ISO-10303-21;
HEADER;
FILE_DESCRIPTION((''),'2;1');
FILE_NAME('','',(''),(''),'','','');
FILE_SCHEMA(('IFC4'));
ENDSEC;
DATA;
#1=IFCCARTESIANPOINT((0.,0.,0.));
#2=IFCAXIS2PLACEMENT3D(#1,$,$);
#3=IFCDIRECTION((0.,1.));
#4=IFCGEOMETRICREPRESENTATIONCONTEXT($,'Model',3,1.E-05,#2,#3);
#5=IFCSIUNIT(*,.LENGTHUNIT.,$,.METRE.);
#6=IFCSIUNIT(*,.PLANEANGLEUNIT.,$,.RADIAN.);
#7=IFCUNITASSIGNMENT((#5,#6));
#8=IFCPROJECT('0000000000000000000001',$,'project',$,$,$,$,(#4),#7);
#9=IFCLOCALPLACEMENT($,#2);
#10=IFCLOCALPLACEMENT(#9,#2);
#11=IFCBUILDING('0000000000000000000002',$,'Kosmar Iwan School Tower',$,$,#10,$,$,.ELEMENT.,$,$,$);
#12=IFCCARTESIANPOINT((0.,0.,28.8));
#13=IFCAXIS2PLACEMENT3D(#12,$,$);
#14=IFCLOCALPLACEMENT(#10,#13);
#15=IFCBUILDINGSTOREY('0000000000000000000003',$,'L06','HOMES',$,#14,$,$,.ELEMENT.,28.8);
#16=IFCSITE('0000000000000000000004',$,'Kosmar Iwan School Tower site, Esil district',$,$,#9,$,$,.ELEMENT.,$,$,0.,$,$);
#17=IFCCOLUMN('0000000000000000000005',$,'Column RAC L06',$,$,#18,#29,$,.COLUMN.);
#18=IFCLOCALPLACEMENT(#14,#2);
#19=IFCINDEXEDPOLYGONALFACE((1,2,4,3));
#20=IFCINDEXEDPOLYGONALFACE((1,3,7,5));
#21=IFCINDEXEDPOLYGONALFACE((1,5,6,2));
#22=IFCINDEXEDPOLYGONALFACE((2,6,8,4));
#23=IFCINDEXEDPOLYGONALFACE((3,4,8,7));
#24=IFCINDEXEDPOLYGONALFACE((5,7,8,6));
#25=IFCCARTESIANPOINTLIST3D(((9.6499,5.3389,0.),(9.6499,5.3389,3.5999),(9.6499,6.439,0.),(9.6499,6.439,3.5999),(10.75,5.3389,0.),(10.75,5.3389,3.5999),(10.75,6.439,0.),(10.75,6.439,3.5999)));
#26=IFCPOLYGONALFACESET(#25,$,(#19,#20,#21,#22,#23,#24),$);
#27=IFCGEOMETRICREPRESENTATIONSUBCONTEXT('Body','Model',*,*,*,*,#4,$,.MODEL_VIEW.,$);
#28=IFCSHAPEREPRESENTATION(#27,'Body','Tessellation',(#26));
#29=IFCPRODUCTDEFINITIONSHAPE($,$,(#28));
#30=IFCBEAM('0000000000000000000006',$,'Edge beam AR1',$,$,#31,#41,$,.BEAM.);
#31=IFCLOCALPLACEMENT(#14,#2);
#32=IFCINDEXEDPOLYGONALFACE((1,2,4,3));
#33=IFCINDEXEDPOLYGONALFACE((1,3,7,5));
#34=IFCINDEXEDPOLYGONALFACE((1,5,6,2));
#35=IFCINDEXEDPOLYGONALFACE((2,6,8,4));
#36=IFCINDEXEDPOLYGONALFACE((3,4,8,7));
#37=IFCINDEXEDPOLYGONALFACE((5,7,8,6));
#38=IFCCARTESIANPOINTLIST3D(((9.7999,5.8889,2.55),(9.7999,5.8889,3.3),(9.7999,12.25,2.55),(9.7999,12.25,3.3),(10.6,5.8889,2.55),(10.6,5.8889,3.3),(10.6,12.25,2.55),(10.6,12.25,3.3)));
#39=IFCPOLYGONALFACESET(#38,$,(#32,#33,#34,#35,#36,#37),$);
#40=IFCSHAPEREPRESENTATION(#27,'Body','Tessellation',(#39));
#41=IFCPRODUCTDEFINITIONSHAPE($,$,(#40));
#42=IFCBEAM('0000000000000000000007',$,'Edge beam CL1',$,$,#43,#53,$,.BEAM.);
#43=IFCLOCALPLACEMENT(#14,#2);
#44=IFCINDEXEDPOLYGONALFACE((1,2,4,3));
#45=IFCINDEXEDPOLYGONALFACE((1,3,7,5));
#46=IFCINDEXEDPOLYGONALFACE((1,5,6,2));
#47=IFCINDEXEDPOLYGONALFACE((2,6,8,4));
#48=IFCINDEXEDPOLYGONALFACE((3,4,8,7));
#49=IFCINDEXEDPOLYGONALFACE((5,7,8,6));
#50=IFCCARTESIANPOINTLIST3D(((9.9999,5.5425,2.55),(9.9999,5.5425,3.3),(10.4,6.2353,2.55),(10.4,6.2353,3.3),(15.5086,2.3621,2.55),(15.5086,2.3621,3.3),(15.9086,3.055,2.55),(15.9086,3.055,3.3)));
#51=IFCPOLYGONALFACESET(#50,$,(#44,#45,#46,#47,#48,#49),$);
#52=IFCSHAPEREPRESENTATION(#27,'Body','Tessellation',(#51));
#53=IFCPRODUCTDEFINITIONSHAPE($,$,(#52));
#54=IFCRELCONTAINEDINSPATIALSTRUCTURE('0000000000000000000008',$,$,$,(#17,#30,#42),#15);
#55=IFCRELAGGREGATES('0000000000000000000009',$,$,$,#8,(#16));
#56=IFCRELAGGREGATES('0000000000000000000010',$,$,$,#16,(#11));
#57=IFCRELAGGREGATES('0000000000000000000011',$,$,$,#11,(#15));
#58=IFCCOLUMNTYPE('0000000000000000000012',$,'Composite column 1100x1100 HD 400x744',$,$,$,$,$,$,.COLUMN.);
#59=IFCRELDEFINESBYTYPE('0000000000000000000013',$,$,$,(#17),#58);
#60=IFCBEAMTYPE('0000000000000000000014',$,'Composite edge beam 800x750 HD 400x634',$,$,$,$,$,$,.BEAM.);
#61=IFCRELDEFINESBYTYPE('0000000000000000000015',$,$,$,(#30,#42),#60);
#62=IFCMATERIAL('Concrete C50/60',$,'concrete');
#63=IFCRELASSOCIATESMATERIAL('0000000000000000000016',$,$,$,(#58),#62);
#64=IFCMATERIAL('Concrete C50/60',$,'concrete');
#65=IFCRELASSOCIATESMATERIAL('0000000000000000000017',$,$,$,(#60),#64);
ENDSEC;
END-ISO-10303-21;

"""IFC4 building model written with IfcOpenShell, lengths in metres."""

from ifc_helpers import new_model, si_unit, direction, frame, origin, origin_2d, place, context, subcontext, project, spatial, rectangle, extrude, material, material_profile, profile_set, type_object, element, save


model = new_model("IFC4")

# Units and contexts
model_context = context("Model", 3, precision=1e-05, world=origin(), true_north=direction((0.0, 1.0)))
body_context = subcontext(model_context, "Body", "Model", "MODEL_VIEW")
ifc_project = project(units=[si_unit("LENGTHUNIT", "METRE"), si_unit("PLANEANGLEUNIT", "RADIAN")], contexts=[model_context])

# Site, building, storey
site_placement = place(None, origin())
site = spatial("IfcSite", under=ifc_project, at=site_placement, Name="Kosmar Iwan School Tower site, Esil district", CompositionType="ELEMENT", RefElevation=0.0)
building_placement = place(site_placement, origin())
building = spatial("IfcBuilding", under=site, at=building_placement, Name="Kosmar Iwan School Tower", CompositionType="ELEMENT")
storey_placement = place(building_placement, frame((0.0, 0.0, 28.8)))
storey = spatial("IfcBuildingStorey", under=building, at=storey_placement, Name="L06", Description="HOMES", CompositionType="ELEMENT", Elevation=28.8)

# Column
ifc_material_1 = material(Name="Concrete C50/60", Category="concrete")
ifc_material_profile_1 = material_profile(ifc_material_1, rectangle(XDim=1.1001, YDim=1.1001, at=origin_2d()), Name="RC 1100x1100 + HD 400x744")
ifc_profile_set_1 = profile_set([ifc_material_profile_1], Name="Concrete C50/60")
column_type = type_object("IfcColumnType", Name="Composite column 1100x1100 HD 400x744", PredefinedType="COLUMN", material=ifc_profile_set_1)
column_placement = place(storey_placement, frame((10.2, 5.8889, 0.0), z_axis=(0.0, 0.0, 1.0), x_axis=(1.0, 0.0, 0.0)))
element("IfcColumn", 1, at=column_placement, inside=storey, type_object=column_type, Name="Column RAC L06", PredefinedType="COLUMN", context=body_context, shape_type="SweptSolid", body=[
    extrude(rectangle(XDim=1.1001, YDim=1.1001, at=origin_2d()), origin(), (0.0, 0.0, 1.0), 3.5999),
])

# Beams
ifc_material_2 = material(Name="Concrete C50/60", Category="concrete")
ifc_material_profile_2 = material_profile(ifc_material_2, rectangle(XDim=0.8, YDim=0.75, at=origin_2d()), Name="RC 800x750 + HD 400x634")
ifc_profile_set_2 = profile_set([ifc_material_profile_2], Name="Concrete C50/60")
beam_type = type_object("IfcBeamType", Name="Composite edge beam 800x750 HD 400x634", PredefinedType="BEAM", material=ifc_profile_set_2)
beam_1_placement = place(storey_placement, frame((10.2, 5.8889, 2.925), z_axis=(0.0, 1.0, 0.0), x_axis=(-1.0, 0.0, 0.0)))
element("IfcBeam", 2, at=beam_1_placement, inside=storey, type_object=beam_type, Name="Edge beam AR1", PredefinedType="BEAM", context=body_context, shape_type="SweptSolid", body=[
    extrude(rectangle(XDim=0.8, YDim=0.75, at=origin_2d()), origin(), (0.0, 0.0, 1.0), 6.3611),
])
beam_2_placement = place(storey_placement, frame((10.2, 5.8889, 2.925), z_axis=(0.866031, -0.49999, 0.0), x_axis=(0.49999, 0.866031, 0.0)))
element("IfcBeam", 3, at=beam_2_placement, inside=storey, type_object=beam_type, Name="Edge beam CL1", PredefinedType="BEAM", context=body_context, shape_type="SweptSolid", body=[
    extrude(rectangle(XDim=0.8, YDim=0.75, at=origin_2d()), origin(), (0.0, 0.0, 1.0), 6.3608),
])

save(model, "model.ifc")
